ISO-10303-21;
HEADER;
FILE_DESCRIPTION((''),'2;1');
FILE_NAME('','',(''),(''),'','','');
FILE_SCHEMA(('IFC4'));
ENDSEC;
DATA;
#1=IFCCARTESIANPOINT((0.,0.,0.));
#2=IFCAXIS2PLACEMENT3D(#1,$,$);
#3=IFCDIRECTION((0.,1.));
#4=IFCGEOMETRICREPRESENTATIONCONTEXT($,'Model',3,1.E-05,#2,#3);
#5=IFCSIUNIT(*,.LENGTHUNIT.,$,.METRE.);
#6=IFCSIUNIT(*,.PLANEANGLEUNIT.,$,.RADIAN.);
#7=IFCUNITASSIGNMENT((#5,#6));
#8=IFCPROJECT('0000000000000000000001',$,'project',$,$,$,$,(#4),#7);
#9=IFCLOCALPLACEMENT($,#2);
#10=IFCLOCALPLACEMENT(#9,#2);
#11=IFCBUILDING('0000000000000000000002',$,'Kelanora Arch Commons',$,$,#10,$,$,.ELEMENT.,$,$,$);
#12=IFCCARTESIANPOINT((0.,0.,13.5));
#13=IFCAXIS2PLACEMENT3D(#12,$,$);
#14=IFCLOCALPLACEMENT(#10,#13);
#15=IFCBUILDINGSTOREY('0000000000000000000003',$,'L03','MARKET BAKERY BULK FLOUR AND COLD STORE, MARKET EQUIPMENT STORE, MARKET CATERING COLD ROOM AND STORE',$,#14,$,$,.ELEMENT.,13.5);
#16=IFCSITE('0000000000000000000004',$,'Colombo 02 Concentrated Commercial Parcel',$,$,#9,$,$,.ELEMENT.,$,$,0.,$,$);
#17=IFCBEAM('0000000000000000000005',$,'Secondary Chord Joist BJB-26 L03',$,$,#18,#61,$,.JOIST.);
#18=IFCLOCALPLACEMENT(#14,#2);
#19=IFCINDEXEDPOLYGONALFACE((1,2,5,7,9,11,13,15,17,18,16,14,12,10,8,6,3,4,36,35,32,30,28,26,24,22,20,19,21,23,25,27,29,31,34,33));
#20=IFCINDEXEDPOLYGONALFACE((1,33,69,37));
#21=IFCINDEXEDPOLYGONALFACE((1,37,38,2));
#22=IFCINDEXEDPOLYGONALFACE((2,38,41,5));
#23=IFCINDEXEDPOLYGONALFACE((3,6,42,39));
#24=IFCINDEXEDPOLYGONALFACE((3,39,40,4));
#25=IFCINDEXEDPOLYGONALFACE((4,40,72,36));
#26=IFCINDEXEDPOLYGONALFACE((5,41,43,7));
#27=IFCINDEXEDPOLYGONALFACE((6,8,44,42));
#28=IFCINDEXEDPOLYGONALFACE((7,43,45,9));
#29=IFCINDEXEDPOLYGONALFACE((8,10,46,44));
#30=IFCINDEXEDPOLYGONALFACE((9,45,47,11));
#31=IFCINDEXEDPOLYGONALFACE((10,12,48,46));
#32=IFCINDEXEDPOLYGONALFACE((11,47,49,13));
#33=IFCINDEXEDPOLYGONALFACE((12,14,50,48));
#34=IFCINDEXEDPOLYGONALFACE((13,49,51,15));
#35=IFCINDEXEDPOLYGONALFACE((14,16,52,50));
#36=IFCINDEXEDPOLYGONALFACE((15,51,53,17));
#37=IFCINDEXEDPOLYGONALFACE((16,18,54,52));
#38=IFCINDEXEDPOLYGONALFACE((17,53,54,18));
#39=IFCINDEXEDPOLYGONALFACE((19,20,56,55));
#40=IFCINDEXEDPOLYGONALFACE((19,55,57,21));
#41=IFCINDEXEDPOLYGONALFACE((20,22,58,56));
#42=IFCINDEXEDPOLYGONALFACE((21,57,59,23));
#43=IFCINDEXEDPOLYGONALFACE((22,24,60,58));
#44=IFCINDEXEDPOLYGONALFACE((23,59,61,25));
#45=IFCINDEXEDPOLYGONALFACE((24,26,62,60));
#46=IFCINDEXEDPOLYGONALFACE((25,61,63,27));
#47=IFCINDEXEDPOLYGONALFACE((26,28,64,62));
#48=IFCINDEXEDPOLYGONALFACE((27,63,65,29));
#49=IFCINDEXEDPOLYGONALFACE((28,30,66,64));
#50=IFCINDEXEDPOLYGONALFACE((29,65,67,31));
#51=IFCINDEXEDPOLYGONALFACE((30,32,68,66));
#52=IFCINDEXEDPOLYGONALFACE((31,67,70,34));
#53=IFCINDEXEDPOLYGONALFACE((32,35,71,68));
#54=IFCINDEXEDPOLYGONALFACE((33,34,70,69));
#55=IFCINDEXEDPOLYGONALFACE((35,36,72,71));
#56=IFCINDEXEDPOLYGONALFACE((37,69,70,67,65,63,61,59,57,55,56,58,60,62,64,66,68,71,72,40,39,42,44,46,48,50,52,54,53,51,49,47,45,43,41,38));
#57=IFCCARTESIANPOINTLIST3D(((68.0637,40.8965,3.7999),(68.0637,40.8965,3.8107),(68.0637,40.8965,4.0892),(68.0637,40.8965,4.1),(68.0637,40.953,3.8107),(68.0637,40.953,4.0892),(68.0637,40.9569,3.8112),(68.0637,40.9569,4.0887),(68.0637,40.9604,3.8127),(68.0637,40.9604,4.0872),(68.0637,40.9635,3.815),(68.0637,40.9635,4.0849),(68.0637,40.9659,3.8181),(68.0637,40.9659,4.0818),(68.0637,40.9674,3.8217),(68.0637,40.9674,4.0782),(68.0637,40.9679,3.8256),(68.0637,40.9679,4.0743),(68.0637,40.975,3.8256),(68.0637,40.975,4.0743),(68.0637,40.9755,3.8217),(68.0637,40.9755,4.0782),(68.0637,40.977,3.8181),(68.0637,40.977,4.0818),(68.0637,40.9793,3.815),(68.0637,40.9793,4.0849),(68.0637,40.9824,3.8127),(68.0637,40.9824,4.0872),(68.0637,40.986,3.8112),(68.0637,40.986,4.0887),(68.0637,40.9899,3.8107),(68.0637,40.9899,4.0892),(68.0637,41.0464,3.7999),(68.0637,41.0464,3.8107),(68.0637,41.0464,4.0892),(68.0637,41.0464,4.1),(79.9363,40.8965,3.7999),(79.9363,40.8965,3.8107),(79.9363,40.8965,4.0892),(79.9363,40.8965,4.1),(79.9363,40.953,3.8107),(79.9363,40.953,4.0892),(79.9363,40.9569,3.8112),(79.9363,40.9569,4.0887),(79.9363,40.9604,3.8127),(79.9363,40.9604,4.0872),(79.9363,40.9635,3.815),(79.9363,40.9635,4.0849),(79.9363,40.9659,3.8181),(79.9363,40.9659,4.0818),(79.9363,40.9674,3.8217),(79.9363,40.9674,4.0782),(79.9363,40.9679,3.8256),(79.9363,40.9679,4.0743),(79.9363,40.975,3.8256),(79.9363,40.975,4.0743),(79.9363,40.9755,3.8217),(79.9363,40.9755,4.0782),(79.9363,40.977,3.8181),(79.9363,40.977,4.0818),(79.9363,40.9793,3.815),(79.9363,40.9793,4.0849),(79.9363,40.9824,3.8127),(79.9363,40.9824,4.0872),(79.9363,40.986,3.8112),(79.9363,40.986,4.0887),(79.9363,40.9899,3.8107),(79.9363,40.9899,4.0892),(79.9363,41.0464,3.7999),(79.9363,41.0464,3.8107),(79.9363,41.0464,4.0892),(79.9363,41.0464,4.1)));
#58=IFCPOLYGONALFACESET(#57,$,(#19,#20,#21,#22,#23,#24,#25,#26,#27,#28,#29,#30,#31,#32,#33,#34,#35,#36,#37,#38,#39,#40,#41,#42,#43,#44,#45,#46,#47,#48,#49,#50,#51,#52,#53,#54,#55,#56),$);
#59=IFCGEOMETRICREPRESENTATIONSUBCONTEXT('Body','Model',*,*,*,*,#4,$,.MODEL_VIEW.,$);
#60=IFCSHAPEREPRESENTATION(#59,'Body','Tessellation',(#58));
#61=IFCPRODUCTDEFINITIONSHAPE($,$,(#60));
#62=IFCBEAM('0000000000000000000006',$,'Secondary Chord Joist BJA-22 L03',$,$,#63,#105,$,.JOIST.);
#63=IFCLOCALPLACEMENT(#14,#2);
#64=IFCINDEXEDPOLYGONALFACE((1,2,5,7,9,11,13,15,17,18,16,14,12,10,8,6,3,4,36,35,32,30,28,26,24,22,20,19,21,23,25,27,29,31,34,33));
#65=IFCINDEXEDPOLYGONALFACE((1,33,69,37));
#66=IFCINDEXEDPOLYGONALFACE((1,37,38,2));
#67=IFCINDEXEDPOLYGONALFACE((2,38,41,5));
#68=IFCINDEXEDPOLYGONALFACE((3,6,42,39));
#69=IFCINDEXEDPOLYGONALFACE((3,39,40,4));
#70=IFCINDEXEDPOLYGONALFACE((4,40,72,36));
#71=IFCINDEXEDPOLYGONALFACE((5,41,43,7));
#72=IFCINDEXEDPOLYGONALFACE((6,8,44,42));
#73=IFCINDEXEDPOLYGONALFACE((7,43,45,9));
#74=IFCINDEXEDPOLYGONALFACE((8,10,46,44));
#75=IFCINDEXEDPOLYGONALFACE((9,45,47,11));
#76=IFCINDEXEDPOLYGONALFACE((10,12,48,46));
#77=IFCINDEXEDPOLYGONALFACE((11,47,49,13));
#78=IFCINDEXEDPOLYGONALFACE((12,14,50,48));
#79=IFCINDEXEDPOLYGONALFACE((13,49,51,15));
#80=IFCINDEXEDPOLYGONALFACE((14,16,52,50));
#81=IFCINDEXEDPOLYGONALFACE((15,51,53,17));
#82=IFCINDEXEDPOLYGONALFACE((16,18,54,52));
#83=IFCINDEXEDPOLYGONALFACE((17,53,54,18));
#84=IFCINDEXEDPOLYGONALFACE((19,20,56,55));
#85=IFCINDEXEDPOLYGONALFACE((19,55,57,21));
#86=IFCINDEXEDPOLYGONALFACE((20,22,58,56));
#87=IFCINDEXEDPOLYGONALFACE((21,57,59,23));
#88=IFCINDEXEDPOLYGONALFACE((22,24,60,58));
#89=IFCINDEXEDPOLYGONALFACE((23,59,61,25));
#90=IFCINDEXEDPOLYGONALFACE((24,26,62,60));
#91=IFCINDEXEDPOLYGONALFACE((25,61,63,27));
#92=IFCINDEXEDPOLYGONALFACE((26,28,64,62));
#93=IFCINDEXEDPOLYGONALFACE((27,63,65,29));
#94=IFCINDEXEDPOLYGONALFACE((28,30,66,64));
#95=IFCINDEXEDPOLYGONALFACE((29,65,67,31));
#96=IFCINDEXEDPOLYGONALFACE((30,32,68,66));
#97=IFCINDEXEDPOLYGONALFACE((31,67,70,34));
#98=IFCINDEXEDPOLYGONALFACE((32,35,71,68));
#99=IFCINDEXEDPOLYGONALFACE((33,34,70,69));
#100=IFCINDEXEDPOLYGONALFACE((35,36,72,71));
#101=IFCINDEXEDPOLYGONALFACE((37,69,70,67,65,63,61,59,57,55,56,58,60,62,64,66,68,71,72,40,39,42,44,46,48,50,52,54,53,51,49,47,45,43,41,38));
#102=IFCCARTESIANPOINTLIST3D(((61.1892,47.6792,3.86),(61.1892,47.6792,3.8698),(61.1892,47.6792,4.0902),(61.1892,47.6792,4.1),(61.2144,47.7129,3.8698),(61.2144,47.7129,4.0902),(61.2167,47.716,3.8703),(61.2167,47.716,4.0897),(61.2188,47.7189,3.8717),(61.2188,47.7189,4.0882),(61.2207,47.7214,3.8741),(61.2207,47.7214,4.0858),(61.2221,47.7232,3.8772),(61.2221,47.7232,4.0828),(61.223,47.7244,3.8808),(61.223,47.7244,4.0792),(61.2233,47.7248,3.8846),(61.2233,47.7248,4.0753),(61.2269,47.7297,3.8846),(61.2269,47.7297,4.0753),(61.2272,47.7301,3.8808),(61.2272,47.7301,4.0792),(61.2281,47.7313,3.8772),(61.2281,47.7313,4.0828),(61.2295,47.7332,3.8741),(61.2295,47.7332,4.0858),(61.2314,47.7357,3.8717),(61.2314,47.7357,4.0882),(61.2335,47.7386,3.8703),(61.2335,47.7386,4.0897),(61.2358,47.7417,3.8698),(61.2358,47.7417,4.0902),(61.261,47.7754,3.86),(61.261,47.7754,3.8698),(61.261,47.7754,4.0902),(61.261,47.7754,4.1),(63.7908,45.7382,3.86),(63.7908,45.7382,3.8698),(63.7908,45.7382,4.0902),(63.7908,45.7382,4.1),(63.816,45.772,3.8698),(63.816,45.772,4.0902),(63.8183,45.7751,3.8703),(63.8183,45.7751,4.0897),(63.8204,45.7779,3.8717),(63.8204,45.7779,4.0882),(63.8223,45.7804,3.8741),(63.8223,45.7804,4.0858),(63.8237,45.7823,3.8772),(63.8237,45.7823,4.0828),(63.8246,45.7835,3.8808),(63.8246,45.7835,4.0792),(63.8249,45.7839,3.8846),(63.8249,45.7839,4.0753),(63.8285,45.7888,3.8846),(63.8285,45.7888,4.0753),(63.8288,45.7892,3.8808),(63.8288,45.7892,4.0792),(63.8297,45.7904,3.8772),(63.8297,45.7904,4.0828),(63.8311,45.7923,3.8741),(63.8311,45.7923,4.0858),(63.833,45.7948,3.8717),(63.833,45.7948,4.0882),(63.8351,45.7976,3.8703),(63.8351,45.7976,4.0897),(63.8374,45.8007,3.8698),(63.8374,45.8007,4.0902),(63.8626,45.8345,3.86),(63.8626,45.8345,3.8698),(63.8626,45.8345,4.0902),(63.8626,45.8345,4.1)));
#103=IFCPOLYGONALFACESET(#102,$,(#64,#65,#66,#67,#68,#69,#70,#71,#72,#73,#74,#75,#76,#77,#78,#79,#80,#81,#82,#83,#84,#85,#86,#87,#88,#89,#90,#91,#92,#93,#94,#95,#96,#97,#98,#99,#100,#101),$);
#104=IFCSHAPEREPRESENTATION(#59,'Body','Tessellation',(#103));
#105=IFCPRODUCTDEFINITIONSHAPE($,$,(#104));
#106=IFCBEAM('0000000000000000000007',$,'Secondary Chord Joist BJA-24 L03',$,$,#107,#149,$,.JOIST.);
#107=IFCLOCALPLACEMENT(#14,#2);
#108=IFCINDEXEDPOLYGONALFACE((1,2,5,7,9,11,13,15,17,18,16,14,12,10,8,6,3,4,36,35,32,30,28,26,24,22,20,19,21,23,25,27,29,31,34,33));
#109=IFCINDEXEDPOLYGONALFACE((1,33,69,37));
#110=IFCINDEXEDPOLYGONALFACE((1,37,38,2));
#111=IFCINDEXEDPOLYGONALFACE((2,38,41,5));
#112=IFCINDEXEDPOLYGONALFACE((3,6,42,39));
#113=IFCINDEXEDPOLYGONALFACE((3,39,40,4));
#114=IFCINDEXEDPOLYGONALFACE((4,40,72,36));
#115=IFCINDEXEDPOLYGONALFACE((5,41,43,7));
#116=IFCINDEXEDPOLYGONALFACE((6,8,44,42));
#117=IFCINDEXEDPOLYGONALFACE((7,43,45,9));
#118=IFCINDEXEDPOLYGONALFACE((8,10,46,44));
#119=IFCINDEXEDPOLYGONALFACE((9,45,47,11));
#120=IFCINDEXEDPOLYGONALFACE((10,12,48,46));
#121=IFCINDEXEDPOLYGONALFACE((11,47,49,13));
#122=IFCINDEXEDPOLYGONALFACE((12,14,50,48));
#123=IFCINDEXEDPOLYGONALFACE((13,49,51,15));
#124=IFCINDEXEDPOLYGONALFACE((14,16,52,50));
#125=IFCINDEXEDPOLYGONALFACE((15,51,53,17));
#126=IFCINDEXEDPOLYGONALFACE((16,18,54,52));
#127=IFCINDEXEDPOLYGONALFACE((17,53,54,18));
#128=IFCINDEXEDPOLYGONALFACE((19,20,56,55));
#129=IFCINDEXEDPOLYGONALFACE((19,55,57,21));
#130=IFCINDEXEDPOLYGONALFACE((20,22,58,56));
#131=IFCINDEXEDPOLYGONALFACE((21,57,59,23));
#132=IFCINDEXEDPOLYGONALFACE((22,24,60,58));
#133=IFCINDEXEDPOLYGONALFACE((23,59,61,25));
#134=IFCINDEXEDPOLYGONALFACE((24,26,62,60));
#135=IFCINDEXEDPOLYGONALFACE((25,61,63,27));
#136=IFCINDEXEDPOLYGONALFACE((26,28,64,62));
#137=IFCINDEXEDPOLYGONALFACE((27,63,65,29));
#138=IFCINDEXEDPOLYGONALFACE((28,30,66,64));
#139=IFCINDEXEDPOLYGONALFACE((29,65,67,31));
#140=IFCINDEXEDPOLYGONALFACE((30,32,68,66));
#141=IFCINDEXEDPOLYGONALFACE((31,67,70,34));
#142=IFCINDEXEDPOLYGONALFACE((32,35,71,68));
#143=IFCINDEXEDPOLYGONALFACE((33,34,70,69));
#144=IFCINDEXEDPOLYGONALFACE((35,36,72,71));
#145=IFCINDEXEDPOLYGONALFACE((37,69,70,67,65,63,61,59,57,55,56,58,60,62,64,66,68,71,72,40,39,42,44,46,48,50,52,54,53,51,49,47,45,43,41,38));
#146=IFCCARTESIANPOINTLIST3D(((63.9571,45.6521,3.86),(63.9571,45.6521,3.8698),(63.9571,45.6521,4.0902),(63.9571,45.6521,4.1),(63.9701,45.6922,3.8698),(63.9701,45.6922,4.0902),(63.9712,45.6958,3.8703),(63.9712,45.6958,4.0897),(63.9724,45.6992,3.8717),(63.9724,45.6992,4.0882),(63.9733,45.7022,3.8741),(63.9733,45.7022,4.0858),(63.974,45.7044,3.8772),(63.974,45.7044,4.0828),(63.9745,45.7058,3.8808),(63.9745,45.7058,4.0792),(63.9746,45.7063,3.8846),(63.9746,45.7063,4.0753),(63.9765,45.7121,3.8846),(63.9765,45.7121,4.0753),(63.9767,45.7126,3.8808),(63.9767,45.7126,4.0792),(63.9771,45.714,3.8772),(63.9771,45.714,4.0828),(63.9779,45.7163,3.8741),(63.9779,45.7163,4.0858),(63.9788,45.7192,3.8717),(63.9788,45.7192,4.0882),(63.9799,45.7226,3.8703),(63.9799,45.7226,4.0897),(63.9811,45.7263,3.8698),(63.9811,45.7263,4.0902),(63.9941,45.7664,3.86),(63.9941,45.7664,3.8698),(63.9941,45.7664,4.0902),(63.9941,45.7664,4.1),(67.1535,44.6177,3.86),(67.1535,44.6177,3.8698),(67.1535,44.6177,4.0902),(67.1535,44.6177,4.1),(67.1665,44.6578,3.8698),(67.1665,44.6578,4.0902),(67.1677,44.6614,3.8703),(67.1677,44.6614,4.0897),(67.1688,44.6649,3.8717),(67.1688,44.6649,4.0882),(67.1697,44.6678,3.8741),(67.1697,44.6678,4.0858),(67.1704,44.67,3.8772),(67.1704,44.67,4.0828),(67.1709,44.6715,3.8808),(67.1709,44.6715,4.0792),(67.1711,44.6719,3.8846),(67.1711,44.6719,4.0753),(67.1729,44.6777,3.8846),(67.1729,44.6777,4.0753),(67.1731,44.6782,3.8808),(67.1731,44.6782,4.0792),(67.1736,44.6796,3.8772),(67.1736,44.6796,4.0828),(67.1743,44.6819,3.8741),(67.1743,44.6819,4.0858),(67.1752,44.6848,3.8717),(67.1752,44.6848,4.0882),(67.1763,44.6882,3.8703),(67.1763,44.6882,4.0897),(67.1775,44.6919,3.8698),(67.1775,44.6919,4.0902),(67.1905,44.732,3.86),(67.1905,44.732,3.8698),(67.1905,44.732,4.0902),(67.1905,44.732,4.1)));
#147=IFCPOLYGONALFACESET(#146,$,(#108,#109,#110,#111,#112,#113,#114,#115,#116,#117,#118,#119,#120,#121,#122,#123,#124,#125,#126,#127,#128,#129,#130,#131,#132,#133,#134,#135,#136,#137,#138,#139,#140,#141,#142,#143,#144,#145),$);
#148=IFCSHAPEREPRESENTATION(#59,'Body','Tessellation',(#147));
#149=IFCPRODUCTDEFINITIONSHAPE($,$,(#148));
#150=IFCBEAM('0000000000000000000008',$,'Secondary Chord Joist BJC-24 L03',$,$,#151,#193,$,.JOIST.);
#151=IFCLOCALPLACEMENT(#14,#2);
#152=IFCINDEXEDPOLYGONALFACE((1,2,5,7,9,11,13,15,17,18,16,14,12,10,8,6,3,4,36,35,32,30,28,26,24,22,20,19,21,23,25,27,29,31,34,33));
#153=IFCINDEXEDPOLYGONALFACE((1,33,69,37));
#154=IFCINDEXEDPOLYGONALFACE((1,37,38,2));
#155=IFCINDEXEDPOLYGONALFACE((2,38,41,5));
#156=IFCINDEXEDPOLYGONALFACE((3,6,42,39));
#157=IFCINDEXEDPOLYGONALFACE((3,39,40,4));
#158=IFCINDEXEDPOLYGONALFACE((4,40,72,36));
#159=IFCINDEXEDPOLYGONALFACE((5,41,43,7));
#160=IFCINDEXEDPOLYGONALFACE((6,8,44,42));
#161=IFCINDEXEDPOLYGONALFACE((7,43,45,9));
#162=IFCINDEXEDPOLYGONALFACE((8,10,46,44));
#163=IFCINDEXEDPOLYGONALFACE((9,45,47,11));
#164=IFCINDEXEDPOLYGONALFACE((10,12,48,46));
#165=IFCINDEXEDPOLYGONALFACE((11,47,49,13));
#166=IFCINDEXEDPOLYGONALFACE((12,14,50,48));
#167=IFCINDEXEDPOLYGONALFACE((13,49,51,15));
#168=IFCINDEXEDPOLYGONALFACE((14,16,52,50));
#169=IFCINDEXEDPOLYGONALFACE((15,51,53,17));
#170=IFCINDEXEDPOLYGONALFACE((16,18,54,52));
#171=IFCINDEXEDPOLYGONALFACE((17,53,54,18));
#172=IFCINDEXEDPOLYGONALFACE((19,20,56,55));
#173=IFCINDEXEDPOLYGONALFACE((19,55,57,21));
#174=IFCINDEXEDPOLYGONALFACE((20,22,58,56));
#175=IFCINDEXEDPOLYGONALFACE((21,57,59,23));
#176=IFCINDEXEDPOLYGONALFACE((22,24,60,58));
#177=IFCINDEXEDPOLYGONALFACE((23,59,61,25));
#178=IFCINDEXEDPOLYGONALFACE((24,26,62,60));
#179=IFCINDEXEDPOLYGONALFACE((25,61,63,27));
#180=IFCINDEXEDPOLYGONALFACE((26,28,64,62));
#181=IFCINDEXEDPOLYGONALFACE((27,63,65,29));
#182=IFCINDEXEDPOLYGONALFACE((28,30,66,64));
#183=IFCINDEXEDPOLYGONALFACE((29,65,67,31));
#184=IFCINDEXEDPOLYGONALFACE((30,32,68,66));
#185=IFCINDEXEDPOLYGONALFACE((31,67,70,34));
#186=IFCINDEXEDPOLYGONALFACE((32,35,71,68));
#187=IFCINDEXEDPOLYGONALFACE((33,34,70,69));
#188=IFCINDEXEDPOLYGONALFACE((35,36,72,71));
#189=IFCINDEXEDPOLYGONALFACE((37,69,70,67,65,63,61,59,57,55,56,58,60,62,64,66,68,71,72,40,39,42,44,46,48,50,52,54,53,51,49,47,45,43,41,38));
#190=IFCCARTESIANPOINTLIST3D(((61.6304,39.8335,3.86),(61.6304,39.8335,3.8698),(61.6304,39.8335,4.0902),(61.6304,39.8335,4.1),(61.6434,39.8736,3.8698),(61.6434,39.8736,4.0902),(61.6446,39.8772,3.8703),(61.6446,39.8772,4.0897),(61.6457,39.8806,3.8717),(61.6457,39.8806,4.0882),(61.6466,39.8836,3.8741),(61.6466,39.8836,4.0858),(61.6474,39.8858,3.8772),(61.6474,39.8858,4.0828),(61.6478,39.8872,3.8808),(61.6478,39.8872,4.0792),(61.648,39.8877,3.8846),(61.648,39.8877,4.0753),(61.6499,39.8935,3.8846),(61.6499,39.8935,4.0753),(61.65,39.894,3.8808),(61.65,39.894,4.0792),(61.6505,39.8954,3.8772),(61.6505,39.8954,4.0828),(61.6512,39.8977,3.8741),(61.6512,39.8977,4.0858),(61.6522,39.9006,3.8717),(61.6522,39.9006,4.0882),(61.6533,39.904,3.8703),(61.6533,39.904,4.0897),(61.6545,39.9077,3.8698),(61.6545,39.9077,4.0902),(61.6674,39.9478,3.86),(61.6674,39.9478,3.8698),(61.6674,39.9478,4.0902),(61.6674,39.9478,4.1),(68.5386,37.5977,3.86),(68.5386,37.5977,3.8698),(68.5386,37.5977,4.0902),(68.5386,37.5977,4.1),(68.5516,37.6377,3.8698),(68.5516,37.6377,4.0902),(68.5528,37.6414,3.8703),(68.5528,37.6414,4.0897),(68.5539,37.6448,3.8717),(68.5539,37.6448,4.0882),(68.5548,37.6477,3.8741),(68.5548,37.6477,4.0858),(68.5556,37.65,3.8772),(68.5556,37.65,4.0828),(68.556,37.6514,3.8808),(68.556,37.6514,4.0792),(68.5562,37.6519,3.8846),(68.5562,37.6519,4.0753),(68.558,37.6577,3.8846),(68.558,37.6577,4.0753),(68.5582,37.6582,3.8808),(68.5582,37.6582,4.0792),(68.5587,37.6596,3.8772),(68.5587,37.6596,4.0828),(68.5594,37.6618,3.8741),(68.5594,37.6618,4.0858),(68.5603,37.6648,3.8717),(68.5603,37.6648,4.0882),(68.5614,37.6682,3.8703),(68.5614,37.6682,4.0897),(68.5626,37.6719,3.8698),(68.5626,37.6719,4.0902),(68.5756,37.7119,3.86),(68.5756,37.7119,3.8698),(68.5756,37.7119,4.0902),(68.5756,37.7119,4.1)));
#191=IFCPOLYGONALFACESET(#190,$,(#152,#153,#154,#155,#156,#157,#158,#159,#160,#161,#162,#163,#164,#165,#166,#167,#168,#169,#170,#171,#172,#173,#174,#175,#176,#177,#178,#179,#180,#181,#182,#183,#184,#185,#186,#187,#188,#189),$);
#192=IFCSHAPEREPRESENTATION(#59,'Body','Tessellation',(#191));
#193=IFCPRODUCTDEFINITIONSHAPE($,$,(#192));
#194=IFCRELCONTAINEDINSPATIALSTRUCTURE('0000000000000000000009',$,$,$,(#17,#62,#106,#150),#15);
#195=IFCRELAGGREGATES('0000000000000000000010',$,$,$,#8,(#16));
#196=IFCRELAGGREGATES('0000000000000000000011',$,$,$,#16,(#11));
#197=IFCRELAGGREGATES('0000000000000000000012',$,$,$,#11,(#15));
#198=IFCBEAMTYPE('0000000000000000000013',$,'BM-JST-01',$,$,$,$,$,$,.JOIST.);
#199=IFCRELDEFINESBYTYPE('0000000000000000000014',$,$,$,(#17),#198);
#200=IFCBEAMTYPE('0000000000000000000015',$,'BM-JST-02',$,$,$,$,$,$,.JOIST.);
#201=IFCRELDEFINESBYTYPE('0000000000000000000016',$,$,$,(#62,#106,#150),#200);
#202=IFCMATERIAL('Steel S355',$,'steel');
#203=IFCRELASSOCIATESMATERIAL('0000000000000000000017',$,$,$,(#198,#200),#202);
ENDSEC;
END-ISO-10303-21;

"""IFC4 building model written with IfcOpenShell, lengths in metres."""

from ifc_helpers import new_model, si_unit, direction, frame, origin, origin_2d, place, context, subcontext, project, spatial, i_section, extrude, material, material_profile, profile_set, type_object, element, save


model = new_model("IFC4")

# Units and contexts
model_context = context("Model", 3, precision=1e-05, world=origin(), true_north=direction((0.0, 1.0)))
body_context = subcontext(model_context, "Body", "Model", "MODEL_VIEW")
ifc_project = project(units=[si_unit("LENGTHUNIT", "METRE"), si_unit("PLANEANGLEUNIT", "RADIAN")], contexts=[model_context])

# Site, building, storey
site_placement = place(None, origin())
site = spatial("IfcSite", under=ifc_project, at=site_placement, Name="Colombo 02 Concentrated Commercial Parcel", CompositionType="ELEMENT", RefElevation=0.0)
building_placement = place(site_placement, origin())
building = spatial("IfcBuilding", under=site, at=building_placement, Name="Kelanora Arch Commons", CompositionType="ELEMENT")
storey_placement = place(building_placement, frame((0.0, 0.0, 13.5)))
storey = spatial("IfcBuildingStorey", under=building, at=storey_placement, Name="L03", Description="MARKET BAKERY BULK FLOUR AND COLD STORE, MARKET EQUIPMENT STORE, MARKET CATERING COLD ROOM AND STORE", CompositionType="ELEMENT", Elevation=13.5)

# Beams
ifc_material_1 = material(Name="Steel S355", Category="steel")
ifc_material_profile_1 = material_profile(ifc_material_1, i_section(OverallWidth=0.1499, OverallDepth=0.3, WebThickness=0.0071, FlangeThickness=0.0107, FilletRadius=0.0149, at=origin_2d()), Name="IPE300")
ifc_profile_set_1 = profile_set([ifc_material_profile_1], Name="Steel S355")
beam_type_1 = type_object("IfcBeamType", Name="BM-JST-01", PredefinedType="JOIST", material=ifc_profile_set_1)
beam_1_placement = place(storey_placement, frame((68.0637, 40.9714, 3.95), z_axis=(1.0, 0.0, 0.0), x_axis=(0.0, 1.0, 0.0)))
element("IfcBeam", 1, at=beam_1_placement, inside=storey, type_object=beam_type_1, Name="Secondary Chord Joist BJB-26 L03", PredefinedType="JOIST", context=body_context, shape_type="SweptSolid", body=[
    extrude(i_section(OverallWidth=0.1499, OverallDepth=0.3, WebThickness=0.0071, FlangeThickness=0.0107, FilletRadius=0.0149, at=origin_2d()), origin(), (0.0, 0.0, 1.0), 11.8726),
])
ifc_material_profile_2 = material_profile(ifc_material_1, i_section(OverallWidth=0.1201, OverallDepth=0.24, WebThickness=0.0061, FlangeThickness=0.0098, FilletRadius=0.0149, at=origin_2d()), Name="IPE240")
ifc_profile_set_2 = profile_set([ifc_material_profile_2], Name="Steel S355")
beam_type_2 = type_object("IfcBeamType", Name="BM-JST-02", PredefinedType="JOIST", material=ifc_profile_set_2)
beam_2_placement = place(storey_placement, frame((61.2251, 47.7273, 3.98), z_axis=(0.801514, -0.597976, 0.0), x_axis=(0.597976, 0.801514, 0.0)))
element("IfcBeam", 2, at=beam_2_placement, inside=storey, type_object=beam_type_2, Name="Secondary Chord Joist BJA-22 L03", PredefinedType="JOIST", context=body_context, shape_type="SweptSolid", body=[
    extrude(i_section(OverallWidth=0.1201, OverallDepth=0.24, WebThickness=0.0061, FlangeThickness=0.0098, FilletRadius=0.0149, at=origin_2d()), origin(), (0.0, 0.0, 1.0), 3.2458),
])
beam_3_placement = place(storey_placement, frame((63.9756, 45.7092, 3.98), z_axis=(0.951423, -0.307888, 0.0), x_axis=(0.307888, 0.951423, 0.0)))
element("IfcBeam", 3, at=beam_3_placement, inside=storey, type_object=beam_type_2, Name="Secondary Chord Joist BJA-24 L03", PredefinedType="JOIST", context=body_context, shape_type="SweptSolid", body=[
    extrude(i_section(OverallWidth=0.1201, OverallDepth=0.24, WebThickness=0.0061, FlangeThickness=0.0098, FilletRadius=0.0149, at=origin_2d()), origin(), (0.0, 0.0, 1.0), 3.3596),
])
beam_4_placement = place(storey_placement, frame((61.6489, 39.8906, 3.98), z_axis=(0.951411, -0.307924, 0.0), x_axis=(0.307924, 0.951411, 0.0)))
element("IfcBeam", 4, at=beam_4_placement, inside=storey, type_object=beam_type_2, Name="Secondary Chord Joist BJC-24 L03", PredefinedType="JOIST", context=body_context, shape_type="SweptSolid", body=[
    extrude(i_section(OverallWidth=0.1201, OverallDepth=0.24, WebThickness=0.0061, FlangeThickness=0.0098, FilletRadius=0.0149, at=origin_2d()), origin(), (0.0, 0.0, 1.0), 7.261),
])

save(model, "model.ifc")
